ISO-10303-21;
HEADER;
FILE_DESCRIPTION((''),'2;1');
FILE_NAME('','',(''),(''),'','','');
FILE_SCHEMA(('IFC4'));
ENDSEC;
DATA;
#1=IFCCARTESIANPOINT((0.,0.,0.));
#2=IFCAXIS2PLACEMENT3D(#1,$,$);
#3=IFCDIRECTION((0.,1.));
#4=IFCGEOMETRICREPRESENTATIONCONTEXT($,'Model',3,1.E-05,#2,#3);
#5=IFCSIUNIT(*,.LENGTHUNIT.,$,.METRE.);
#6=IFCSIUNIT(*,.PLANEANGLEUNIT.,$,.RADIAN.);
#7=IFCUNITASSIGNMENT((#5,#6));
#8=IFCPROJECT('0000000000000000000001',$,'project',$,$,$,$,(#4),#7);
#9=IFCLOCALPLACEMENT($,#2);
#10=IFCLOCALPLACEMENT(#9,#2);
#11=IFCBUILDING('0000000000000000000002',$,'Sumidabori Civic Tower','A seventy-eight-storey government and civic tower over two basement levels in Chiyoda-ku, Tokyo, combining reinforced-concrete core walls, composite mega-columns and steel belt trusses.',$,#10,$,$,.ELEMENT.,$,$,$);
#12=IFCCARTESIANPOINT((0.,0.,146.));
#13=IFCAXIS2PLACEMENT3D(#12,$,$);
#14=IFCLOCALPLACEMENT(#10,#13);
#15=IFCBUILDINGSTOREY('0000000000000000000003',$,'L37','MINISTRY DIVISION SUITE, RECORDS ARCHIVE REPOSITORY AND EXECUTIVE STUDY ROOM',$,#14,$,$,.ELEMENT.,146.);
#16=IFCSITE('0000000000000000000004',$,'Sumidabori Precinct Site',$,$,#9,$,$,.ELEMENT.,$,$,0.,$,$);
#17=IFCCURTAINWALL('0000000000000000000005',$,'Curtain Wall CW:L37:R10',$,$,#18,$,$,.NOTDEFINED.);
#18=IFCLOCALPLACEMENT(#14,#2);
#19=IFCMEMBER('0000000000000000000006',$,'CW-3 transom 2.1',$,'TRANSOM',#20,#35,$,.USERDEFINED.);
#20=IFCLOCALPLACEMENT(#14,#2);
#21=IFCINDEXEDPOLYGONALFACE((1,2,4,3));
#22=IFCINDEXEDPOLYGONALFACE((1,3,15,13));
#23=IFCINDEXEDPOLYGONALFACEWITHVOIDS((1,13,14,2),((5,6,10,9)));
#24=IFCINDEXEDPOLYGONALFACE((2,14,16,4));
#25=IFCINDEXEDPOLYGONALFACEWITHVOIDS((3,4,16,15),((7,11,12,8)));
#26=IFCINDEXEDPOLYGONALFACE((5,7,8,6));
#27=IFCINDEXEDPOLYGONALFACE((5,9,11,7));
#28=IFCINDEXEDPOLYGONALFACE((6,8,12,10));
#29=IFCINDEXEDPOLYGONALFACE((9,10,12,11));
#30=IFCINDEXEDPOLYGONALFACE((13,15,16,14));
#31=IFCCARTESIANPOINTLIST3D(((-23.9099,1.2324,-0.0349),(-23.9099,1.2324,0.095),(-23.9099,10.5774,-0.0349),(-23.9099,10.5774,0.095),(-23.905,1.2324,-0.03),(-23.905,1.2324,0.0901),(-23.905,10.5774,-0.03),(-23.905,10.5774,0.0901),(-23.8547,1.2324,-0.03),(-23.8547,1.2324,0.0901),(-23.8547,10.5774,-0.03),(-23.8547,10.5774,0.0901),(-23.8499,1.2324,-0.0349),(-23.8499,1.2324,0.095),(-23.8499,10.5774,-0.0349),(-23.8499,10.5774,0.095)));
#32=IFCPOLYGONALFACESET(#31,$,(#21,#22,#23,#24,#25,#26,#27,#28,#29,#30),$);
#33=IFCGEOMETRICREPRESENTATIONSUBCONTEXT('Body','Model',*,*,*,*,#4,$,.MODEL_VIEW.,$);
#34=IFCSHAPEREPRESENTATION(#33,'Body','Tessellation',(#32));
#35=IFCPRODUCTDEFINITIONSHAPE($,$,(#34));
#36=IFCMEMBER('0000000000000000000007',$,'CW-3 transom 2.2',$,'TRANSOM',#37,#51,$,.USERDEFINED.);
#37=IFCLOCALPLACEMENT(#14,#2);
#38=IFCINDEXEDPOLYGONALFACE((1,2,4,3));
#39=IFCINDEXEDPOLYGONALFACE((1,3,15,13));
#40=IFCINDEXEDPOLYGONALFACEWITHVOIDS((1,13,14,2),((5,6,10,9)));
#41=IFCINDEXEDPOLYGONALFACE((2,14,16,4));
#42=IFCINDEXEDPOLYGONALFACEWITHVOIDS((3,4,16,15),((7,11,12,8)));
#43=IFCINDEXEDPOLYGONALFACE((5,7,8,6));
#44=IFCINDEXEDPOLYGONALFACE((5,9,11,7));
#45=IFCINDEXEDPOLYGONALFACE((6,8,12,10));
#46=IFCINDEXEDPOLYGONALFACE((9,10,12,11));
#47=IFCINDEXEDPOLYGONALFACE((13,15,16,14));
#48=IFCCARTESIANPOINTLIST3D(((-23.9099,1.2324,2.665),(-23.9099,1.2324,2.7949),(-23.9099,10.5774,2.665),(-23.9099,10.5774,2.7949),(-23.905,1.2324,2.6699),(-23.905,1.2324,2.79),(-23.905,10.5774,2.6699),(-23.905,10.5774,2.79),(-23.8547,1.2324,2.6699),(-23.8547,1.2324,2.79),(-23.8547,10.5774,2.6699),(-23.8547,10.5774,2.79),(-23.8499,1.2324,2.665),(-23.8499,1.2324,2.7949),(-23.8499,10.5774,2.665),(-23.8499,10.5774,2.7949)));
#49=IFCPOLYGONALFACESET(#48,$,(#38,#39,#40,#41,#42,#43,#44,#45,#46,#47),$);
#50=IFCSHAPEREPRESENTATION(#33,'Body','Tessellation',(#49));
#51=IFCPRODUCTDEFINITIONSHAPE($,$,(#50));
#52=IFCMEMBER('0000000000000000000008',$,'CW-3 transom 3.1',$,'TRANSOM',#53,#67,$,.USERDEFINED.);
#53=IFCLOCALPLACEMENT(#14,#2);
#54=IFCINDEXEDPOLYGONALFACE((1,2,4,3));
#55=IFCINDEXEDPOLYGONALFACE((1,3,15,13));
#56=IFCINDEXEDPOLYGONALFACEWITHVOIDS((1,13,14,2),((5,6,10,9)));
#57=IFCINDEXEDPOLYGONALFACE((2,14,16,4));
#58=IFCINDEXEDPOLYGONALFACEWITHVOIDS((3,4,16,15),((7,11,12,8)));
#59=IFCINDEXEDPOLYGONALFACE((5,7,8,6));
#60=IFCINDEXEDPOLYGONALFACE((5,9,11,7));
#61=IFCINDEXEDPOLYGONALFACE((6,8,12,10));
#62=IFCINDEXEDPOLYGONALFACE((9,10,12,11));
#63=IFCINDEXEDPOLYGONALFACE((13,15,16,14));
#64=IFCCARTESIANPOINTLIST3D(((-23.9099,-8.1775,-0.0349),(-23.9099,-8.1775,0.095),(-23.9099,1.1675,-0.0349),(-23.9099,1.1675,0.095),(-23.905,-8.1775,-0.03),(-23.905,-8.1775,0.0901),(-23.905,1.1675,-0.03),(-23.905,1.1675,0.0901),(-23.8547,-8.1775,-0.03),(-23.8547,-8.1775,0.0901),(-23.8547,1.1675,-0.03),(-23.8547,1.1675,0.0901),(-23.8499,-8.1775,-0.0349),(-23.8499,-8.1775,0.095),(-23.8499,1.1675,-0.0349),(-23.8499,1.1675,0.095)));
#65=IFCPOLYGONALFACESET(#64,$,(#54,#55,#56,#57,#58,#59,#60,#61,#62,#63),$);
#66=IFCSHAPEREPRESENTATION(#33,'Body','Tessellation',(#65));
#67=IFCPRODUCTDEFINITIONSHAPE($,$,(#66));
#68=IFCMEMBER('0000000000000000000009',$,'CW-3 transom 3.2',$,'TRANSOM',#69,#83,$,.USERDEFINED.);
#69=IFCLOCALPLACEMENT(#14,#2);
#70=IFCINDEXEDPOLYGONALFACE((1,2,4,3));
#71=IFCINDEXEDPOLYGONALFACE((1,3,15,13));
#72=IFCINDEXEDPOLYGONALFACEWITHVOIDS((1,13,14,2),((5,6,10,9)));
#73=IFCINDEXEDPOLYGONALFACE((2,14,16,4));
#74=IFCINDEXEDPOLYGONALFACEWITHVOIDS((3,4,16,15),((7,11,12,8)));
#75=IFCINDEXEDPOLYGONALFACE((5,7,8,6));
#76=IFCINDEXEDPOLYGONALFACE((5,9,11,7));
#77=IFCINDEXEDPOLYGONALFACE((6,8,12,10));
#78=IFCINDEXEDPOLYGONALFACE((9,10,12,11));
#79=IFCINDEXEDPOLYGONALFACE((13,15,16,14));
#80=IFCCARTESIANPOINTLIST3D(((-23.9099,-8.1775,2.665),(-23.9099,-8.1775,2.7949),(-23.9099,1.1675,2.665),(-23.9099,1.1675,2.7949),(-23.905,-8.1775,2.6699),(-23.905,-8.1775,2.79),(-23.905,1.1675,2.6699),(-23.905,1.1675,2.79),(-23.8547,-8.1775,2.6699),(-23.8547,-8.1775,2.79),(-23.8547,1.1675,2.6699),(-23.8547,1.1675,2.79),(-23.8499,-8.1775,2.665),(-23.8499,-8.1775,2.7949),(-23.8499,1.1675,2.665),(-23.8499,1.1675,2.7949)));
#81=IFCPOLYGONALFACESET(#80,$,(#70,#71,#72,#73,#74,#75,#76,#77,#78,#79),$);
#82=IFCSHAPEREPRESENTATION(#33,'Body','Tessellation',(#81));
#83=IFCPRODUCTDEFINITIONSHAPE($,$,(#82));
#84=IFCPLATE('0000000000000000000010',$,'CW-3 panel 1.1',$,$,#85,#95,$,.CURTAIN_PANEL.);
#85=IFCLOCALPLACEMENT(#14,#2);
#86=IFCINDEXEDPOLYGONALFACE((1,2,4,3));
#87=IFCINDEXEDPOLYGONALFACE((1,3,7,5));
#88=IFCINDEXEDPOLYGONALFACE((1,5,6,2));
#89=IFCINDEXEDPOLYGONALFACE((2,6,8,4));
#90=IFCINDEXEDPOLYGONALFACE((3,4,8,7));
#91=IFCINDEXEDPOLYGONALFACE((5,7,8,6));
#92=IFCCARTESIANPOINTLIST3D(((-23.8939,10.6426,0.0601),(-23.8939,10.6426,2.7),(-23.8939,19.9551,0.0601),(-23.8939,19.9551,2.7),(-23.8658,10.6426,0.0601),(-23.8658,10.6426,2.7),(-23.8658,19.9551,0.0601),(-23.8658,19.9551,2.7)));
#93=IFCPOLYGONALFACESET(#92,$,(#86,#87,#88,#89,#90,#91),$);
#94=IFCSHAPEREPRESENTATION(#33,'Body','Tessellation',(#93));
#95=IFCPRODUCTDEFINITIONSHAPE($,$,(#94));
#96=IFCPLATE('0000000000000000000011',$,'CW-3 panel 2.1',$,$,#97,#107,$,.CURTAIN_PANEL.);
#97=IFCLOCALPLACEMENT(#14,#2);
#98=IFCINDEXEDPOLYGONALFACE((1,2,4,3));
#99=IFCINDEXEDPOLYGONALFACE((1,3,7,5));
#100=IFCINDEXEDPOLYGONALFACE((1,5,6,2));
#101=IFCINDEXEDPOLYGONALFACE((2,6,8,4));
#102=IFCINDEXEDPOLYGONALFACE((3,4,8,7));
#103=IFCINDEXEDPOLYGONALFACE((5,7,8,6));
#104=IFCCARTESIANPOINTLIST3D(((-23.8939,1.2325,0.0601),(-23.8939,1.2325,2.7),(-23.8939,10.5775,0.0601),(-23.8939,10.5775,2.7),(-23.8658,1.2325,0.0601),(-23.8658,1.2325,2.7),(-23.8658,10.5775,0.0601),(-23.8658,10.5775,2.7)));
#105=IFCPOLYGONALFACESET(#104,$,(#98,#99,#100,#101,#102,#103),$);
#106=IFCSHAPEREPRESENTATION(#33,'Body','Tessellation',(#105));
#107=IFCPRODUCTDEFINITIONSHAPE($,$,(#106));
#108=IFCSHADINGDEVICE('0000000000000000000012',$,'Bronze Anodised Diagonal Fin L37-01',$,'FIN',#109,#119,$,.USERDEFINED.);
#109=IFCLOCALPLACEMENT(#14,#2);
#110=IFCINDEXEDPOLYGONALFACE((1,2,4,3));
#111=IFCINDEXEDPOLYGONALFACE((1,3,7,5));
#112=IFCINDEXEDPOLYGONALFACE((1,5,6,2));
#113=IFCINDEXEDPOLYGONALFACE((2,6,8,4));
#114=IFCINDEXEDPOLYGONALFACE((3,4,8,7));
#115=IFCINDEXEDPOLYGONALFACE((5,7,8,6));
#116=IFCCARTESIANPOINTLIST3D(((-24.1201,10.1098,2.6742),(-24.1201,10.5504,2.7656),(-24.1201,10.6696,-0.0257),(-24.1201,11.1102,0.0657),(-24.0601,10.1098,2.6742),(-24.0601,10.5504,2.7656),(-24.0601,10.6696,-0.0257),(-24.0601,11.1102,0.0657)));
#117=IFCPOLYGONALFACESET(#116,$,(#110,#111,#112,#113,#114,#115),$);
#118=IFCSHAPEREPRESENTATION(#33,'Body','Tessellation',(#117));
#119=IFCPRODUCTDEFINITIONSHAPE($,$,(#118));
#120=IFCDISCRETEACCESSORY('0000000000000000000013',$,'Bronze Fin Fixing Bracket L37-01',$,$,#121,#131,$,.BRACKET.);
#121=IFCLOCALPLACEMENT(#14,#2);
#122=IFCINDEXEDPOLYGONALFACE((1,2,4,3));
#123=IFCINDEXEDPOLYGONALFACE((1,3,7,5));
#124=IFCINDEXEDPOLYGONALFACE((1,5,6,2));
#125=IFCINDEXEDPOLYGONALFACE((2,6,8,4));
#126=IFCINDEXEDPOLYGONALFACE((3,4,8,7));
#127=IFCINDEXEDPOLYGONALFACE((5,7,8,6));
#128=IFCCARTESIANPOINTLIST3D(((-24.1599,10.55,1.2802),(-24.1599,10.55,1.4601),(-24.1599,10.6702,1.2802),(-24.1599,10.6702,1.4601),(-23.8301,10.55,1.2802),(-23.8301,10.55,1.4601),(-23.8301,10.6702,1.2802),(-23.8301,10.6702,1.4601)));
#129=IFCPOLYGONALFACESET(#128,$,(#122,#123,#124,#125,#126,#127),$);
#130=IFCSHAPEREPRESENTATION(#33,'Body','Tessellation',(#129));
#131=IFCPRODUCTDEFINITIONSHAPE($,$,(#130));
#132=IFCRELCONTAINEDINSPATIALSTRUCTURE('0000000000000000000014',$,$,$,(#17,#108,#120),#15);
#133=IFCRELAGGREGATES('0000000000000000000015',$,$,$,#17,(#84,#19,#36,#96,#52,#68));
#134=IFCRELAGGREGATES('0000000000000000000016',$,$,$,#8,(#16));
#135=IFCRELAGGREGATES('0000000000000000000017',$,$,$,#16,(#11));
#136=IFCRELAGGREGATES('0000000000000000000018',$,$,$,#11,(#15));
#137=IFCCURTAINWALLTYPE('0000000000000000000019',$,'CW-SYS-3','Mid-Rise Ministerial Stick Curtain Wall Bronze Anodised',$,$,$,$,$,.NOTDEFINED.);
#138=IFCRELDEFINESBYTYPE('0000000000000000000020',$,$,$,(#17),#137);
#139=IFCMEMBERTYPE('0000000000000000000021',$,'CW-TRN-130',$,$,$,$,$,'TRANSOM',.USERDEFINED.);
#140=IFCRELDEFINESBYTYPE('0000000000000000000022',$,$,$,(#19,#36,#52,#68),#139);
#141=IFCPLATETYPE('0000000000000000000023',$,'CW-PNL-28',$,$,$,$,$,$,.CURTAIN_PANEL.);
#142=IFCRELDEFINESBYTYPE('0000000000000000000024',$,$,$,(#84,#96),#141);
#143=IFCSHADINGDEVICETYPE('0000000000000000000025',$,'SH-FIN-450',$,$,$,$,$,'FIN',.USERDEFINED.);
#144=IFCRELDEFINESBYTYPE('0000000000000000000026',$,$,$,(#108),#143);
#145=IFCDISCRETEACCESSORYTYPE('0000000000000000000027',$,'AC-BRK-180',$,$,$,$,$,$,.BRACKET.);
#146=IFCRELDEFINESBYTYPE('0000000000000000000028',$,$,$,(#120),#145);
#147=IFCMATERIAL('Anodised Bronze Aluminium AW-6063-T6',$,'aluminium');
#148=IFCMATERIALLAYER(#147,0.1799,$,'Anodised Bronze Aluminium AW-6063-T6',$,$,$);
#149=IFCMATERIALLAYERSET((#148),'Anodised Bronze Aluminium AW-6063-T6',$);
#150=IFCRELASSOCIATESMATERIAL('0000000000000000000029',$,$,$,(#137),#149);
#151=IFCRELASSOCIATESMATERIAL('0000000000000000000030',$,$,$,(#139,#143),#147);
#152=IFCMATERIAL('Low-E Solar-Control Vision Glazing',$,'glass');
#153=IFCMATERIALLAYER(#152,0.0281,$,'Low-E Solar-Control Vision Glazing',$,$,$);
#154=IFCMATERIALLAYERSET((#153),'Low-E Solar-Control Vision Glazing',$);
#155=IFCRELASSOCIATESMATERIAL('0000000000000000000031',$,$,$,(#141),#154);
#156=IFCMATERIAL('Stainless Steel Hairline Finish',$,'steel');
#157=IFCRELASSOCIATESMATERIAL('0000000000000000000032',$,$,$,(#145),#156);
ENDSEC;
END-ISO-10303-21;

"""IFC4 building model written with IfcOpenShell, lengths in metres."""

from ifc_helpers import new_model, si_unit, direction, frame, origin, origin_2d, place, context, subcontext, project, spatial, rectangle, hollow_rectangle, extrude, source, transform, mapped, material, layer, layer_set, material_profile, profile_set, type_object, element, aggregate, save


model = new_model("IFC4")

# Units and contexts
model_context = context("Model", 3, precision=1e-05, world=origin(), true_north=direction((0.0, 1.0)))
body_context = subcontext(model_context, "Body", "Model", "MODEL_VIEW")
ifc_project = project(units=[si_unit("LENGTHUNIT", "METRE"), si_unit("PLANEANGLEUNIT", "RADIAN")], contexts=[model_context])

# Site, building, storey
site_placement = place(None, origin())
site = spatial("IfcSite", under=ifc_project, at=site_placement, Name="Sumidabori Precinct Site", CompositionType="ELEMENT", RefElevation=0.0)
building_placement = place(site_placement, origin())
building = spatial("IfcBuilding", under=site, at=building_placement, Name="Sumidabori Civic Tower", Description="A seventy-eight-storey government and civic tower over two basement levels in Chiyoda-ku, Tokyo, combining reinforced-concrete core walls, composite mega-columns and steel belt trusses.", CompositionType="ELEMENT")
storey_placement = place(building_placement, frame((0.0, 0.0, 146.0)))
storey = spatial("IfcBuildingStorey", under=building, at=storey_placement, Name="L37", Description="MINISTRY DIVISION SUITE, RECORDS ARCHIVE REPOSITORY AND EXECUTIVE STUDY ROOM", CompositionType="ELEMENT", Elevation=146.0)

# Curtain wall, members, plates
ifc_material_1 = material(Name="Anodised Bronze Aluminium AW-6063-T6", Category="aluminium")
ifc_layer_1 = layer(ifc_material_1, 0.1799, Name="Anodised Bronze Aluminium AW-6063-T6")
ifc_layer_set_1 = layer_set([ifc_layer_1], Name="Anodised Bronze Aluminium AW-6063-T6")
curtain_wall_type = type_object("IfcCurtainWallType", Name="CW-SYS-3", Description="Mid-Rise Ministerial Stick Curtain Wall Bronze Anodised", PredefinedType="NOTDEFINED", material=ifc_layer_set_1)
curtain_wall_placement = place(storey_placement, origin())
curtain_wall = element("IfcCurtainWall", 1, at=curtain_wall_placement, inside=storey, type_object=curtain_wall_type, Name="Curtain Wall CW:L37:R10", PredefinedType="NOTDEFINED")
ifc_material_profile_1 = material_profile(ifc_material_1, hollow_rectangle(XDim=0.0601, YDim=0.1299, WallThickness=0.0049, at=origin_2d()), Name="ALU TRANSOM 130x60")
ifc_profile_set_1 = profile_set([ifc_material_profile_1], Name="Anodised Bronze Aluminium AW-6063-T6")
member_type_1 = type_object("IfcMemberType", Name="CW-TRN-130", ElementType="TRANSOM", PredefinedType="USERDEFINED", material=ifc_profile_set_1)
shared_shape_1 = source(origin(), body_context, "Body", "SweptSolid", [
    extrude(hollow_rectangle(XDim=0.0601, YDim=0.1299, WallThickness=0.0049, at=origin_2d()), origin(), (0.0, 0.0, 1.0), 9.345),
])
member_1_placement = place(storey_placement, frame((-23.8799, 10.5774, 0.03), z_axis=(0.0, -1.0, 0.0), x_axis=(1.0, 0.0, 0.0)))
member_1 = element("IfcMember", 2, at=member_1_placement, type_object=member_type_1, Name="CW-3 transom 2.1", ObjectType="TRANSOM", PredefinedType="USERDEFINED", context=body_context, shape_type="MappedRepresentation", body=[
    mapped(shared_shape_1, transform((0.0, 0.0, 0.0), x_axis=(1.0, 0.0, 0.0), y_axis=(0.0, 1.0, 0.0), z_axis=(0.0, 0.0, 1.0), scale=1.0)),
])
member_2_placement = place(storey_placement, frame((-23.8799, 10.5774, 2.73), z_axis=(0.0, -1.0, 0.0), x_axis=(1.0, 0.0, 0.0)))
member_2 = element("IfcMember", 3, at=member_2_placement, type_object=member_type_1, Name="CW-3 transom 2.2", ObjectType="TRANSOM", PredefinedType="USERDEFINED", context=body_context, shape_type="MappedRepresentation", body=[
    mapped(shared_shape_1, transform((0.0, 0.0, 0.0), x_axis=(1.0, 0.0, 0.0), y_axis=(0.0, 1.0, 0.0), z_axis=(0.0, 0.0, 1.0), scale=1.0)),
])
member_3_placement = place(storey_placement, frame((-23.8799, 1.1675, 0.03), z_axis=(0.0, -1.0, 0.0), x_axis=(1.0, 0.0, 0.0)))
member_3 = element("IfcMember", 4, at=member_3_placement, type_object=member_type_1, Name="CW-3 transom 3.1", ObjectType="TRANSOM", PredefinedType="USERDEFINED", context=body_context, shape_type="MappedRepresentation", body=[
    mapped(shared_shape_1, transform((0.0, 0.0, 0.0), x_axis=(1.0, 0.0, 0.0), y_axis=(0.0, 1.0, 0.0), z_axis=(0.0, 0.0, 1.0), scale=1.0)),
])
member_4_placement = place(storey_placement, frame((-23.8799, 1.1675, 2.73), z_axis=(0.0, -1.0, 0.0), x_axis=(1.0, 0.0, 0.0)))
member_4 = element("IfcMember", 5, at=member_4_placement, type_object=member_type_1, Name="CW-3 transom 3.2", ObjectType="TRANSOM", PredefinedType="USERDEFINED", context=body_context, shape_type="MappedRepresentation", body=[
    mapped(shared_shape_1, transform((0.0, 0.0, 0.0), x_axis=(1.0, 0.0, 0.0), y_axis=(0.0, 1.0, 0.0), z_axis=(0.0, 0.0, 1.0), scale=1.0)),
])
ifc_material_2 = material(Name="Low-E Solar-Control Vision Glazing", Category="glass")
ifc_layer_2 = layer(ifc_material_2, 0.0281, Name="Low-E Solar-Control Vision Glazing")
ifc_layer_set_2 = layer_set([ifc_layer_2], Name="Low-E Solar-Control Vision Glazing")
plate_type = type_object("IfcPlateType", Name="CW-PNL-28", PredefinedType="CURTAIN_PANEL", material=ifc_layer_set_2)
shared_shape_2 = source(origin(), body_context, "Body", "SweptSolid", [
    extrude(rectangle(XDim=9.3125, YDim=0.0281, at=origin_2d()), origin(), (0.0, 0.0, 1.0), 2.6399),
])
plate_1_placement = place(storey_placement, frame((-23.8799, 15.2988, 0.0601), z_axis=(0.0, 0.0, 1.0), x_axis=(0.0, -1.0, 0.0)))
plate_1 = element("IfcPlate", 6, at=plate_1_placement, type_object=plate_type, Name="CW-3 panel 1.1", PredefinedType="CURTAIN_PANEL", context=body_context, shape_type="MappedRepresentation", body=[
    mapped(shared_shape_2, transform((0.0, 0.0, 0.0), x_axis=(1.0, 0.0, 0.0), y_axis=(0.0, 1.0, 0.0), z_axis=(0.0, 0.0, 1.0), scale=1.0)),
])
shared_shape_3 = source(origin(), body_context, "Body", "SweptSolid", [
    extrude(rectangle(XDim=9.345, YDim=0.0281, at=origin_2d()), origin(), (0.0, 0.0, 1.0), 2.6399),
])
plate_2_placement = place(storey_placement, frame((-23.8799, 5.905, 0.0601), z_axis=(0.0, 0.0, 1.0), x_axis=(0.0, -1.0, 0.0)))
plate_2 = element("IfcPlate", 7, at=plate_2_placement, type_object=plate_type, Name="CW-3 panel 2.1", PredefinedType="CURTAIN_PANEL", context=body_context, shape_type="MappedRepresentation", body=[
    mapped(shared_shape_3, transform((0.0, 0.0, 0.0), x_axis=(1.0, 0.0, 0.0), y_axis=(0.0, 1.0, 0.0), z_axis=(0.0, 0.0, 1.0), scale=1.0)),
])
aggregate(curtain_wall, [plate_1, member_1, member_2, plate_2, member_3, member_4])

# Shading device
ifc_material_profile_2 = material_profile(ifc_material_1, rectangle(XDim=0.0601, YDim=0.45, at=origin_2d()), Name="BRONZE FIN 450x60")
ifc_profile_set_2 = profile_set([ifc_material_profile_2], Name="Anodised Bronze Aluminium AW-6063-T6")
shading_device_type = type_object("IfcShadingDeviceType", Name="SH-FIN-450", ElementType="FIN", PredefinedType="USERDEFINED", material=ifc_profile_set_2)
shared_shape_4 = source(origin(), body_context, "Body", "SweptSolid", [
    extrude(rectangle(XDim=0.0601, YDim=0.45, at=origin_2d()), origin(), (0.0, 0.0, 1.0), 2.7573),
])
shading_device_placement = place(storey_placement, frame((-24.0901, 10.8899, 0.02), z_axis=(0.0, -0.203024, 0.979174), x_axis=(-1.0, 0.0, 0.0)))
element("IfcShadingDevice", 8, at=shading_device_placement, inside=storey, type_object=shading_device_type, Name="Bronze Anodised Diagonal Fin L37-01", ObjectType="FIN", PredefinedType="USERDEFINED", context=body_context, shape_type="MappedRepresentation", body=[
    mapped(shared_shape_4, transform((0.0, 0.0, 0.0), x_axis=(1.0, 0.0, 0.0), y_axis=(0.0, 1.0, 0.0), z_axis=(0.0, 0.0, 1.0), scale=1.0)),
])

# Discrete accessory
ifc_material_3 = material(Name="Stainless Steel Hairline Finish", Category="steel")
ifc_material_profile_3 = material_profile(ifc_material_3, rectangle(XDim=0.1201, YDim=0.1799, at=origin_2d()), Name="STEEL BRACKET 180x120")
ifc_profile_set_3 = profile_set([ifc_material_profile_3], Name="Stainless Steel Hairline Finish")
discrete_accessory_type = type_object("IfcDiscreteAccessoryType", Name="AC-BRK-180", PredefinedType="BRACKET", material=ifc_profile_set_3)
shared_shape_5 = source(origin(), body_context, "Body", "SweptSolid", [
    extrude(rectangle(XDim=0.1201, YDim=0.1799, at=origin_2d()), origin(), (0.0, 0.0, 1.0), 0.3298),
])
discrete_accessory_placement = place(storey_placement, frame((-23.8301, 10.6101, 1.3701), z_axis=(-1.0, 0.0, 0.0), x_axis=(0.0, -1.0, 0.0)))
element("IfcDiscreteAccessory", 9, at=discrete_accessory_placement, inside=storey, type_object=discrete_accessory_type, Name="Bronze Fin Fixing Bracket L37-01", PredefinedType="BRACKET", context=body_context, shape_type="MappedRepresentation", body=[
    mapped(shared_shape_5, transform((0.0, 0.0, 0.0), x_axis=(1.0, 0.0, 0.0), y_axis=(0.0, 1.0, 0.0), z_axis=(0.0, 0.0, 1.0), scale=1.0)),
])

save(model, "model.ifc")
